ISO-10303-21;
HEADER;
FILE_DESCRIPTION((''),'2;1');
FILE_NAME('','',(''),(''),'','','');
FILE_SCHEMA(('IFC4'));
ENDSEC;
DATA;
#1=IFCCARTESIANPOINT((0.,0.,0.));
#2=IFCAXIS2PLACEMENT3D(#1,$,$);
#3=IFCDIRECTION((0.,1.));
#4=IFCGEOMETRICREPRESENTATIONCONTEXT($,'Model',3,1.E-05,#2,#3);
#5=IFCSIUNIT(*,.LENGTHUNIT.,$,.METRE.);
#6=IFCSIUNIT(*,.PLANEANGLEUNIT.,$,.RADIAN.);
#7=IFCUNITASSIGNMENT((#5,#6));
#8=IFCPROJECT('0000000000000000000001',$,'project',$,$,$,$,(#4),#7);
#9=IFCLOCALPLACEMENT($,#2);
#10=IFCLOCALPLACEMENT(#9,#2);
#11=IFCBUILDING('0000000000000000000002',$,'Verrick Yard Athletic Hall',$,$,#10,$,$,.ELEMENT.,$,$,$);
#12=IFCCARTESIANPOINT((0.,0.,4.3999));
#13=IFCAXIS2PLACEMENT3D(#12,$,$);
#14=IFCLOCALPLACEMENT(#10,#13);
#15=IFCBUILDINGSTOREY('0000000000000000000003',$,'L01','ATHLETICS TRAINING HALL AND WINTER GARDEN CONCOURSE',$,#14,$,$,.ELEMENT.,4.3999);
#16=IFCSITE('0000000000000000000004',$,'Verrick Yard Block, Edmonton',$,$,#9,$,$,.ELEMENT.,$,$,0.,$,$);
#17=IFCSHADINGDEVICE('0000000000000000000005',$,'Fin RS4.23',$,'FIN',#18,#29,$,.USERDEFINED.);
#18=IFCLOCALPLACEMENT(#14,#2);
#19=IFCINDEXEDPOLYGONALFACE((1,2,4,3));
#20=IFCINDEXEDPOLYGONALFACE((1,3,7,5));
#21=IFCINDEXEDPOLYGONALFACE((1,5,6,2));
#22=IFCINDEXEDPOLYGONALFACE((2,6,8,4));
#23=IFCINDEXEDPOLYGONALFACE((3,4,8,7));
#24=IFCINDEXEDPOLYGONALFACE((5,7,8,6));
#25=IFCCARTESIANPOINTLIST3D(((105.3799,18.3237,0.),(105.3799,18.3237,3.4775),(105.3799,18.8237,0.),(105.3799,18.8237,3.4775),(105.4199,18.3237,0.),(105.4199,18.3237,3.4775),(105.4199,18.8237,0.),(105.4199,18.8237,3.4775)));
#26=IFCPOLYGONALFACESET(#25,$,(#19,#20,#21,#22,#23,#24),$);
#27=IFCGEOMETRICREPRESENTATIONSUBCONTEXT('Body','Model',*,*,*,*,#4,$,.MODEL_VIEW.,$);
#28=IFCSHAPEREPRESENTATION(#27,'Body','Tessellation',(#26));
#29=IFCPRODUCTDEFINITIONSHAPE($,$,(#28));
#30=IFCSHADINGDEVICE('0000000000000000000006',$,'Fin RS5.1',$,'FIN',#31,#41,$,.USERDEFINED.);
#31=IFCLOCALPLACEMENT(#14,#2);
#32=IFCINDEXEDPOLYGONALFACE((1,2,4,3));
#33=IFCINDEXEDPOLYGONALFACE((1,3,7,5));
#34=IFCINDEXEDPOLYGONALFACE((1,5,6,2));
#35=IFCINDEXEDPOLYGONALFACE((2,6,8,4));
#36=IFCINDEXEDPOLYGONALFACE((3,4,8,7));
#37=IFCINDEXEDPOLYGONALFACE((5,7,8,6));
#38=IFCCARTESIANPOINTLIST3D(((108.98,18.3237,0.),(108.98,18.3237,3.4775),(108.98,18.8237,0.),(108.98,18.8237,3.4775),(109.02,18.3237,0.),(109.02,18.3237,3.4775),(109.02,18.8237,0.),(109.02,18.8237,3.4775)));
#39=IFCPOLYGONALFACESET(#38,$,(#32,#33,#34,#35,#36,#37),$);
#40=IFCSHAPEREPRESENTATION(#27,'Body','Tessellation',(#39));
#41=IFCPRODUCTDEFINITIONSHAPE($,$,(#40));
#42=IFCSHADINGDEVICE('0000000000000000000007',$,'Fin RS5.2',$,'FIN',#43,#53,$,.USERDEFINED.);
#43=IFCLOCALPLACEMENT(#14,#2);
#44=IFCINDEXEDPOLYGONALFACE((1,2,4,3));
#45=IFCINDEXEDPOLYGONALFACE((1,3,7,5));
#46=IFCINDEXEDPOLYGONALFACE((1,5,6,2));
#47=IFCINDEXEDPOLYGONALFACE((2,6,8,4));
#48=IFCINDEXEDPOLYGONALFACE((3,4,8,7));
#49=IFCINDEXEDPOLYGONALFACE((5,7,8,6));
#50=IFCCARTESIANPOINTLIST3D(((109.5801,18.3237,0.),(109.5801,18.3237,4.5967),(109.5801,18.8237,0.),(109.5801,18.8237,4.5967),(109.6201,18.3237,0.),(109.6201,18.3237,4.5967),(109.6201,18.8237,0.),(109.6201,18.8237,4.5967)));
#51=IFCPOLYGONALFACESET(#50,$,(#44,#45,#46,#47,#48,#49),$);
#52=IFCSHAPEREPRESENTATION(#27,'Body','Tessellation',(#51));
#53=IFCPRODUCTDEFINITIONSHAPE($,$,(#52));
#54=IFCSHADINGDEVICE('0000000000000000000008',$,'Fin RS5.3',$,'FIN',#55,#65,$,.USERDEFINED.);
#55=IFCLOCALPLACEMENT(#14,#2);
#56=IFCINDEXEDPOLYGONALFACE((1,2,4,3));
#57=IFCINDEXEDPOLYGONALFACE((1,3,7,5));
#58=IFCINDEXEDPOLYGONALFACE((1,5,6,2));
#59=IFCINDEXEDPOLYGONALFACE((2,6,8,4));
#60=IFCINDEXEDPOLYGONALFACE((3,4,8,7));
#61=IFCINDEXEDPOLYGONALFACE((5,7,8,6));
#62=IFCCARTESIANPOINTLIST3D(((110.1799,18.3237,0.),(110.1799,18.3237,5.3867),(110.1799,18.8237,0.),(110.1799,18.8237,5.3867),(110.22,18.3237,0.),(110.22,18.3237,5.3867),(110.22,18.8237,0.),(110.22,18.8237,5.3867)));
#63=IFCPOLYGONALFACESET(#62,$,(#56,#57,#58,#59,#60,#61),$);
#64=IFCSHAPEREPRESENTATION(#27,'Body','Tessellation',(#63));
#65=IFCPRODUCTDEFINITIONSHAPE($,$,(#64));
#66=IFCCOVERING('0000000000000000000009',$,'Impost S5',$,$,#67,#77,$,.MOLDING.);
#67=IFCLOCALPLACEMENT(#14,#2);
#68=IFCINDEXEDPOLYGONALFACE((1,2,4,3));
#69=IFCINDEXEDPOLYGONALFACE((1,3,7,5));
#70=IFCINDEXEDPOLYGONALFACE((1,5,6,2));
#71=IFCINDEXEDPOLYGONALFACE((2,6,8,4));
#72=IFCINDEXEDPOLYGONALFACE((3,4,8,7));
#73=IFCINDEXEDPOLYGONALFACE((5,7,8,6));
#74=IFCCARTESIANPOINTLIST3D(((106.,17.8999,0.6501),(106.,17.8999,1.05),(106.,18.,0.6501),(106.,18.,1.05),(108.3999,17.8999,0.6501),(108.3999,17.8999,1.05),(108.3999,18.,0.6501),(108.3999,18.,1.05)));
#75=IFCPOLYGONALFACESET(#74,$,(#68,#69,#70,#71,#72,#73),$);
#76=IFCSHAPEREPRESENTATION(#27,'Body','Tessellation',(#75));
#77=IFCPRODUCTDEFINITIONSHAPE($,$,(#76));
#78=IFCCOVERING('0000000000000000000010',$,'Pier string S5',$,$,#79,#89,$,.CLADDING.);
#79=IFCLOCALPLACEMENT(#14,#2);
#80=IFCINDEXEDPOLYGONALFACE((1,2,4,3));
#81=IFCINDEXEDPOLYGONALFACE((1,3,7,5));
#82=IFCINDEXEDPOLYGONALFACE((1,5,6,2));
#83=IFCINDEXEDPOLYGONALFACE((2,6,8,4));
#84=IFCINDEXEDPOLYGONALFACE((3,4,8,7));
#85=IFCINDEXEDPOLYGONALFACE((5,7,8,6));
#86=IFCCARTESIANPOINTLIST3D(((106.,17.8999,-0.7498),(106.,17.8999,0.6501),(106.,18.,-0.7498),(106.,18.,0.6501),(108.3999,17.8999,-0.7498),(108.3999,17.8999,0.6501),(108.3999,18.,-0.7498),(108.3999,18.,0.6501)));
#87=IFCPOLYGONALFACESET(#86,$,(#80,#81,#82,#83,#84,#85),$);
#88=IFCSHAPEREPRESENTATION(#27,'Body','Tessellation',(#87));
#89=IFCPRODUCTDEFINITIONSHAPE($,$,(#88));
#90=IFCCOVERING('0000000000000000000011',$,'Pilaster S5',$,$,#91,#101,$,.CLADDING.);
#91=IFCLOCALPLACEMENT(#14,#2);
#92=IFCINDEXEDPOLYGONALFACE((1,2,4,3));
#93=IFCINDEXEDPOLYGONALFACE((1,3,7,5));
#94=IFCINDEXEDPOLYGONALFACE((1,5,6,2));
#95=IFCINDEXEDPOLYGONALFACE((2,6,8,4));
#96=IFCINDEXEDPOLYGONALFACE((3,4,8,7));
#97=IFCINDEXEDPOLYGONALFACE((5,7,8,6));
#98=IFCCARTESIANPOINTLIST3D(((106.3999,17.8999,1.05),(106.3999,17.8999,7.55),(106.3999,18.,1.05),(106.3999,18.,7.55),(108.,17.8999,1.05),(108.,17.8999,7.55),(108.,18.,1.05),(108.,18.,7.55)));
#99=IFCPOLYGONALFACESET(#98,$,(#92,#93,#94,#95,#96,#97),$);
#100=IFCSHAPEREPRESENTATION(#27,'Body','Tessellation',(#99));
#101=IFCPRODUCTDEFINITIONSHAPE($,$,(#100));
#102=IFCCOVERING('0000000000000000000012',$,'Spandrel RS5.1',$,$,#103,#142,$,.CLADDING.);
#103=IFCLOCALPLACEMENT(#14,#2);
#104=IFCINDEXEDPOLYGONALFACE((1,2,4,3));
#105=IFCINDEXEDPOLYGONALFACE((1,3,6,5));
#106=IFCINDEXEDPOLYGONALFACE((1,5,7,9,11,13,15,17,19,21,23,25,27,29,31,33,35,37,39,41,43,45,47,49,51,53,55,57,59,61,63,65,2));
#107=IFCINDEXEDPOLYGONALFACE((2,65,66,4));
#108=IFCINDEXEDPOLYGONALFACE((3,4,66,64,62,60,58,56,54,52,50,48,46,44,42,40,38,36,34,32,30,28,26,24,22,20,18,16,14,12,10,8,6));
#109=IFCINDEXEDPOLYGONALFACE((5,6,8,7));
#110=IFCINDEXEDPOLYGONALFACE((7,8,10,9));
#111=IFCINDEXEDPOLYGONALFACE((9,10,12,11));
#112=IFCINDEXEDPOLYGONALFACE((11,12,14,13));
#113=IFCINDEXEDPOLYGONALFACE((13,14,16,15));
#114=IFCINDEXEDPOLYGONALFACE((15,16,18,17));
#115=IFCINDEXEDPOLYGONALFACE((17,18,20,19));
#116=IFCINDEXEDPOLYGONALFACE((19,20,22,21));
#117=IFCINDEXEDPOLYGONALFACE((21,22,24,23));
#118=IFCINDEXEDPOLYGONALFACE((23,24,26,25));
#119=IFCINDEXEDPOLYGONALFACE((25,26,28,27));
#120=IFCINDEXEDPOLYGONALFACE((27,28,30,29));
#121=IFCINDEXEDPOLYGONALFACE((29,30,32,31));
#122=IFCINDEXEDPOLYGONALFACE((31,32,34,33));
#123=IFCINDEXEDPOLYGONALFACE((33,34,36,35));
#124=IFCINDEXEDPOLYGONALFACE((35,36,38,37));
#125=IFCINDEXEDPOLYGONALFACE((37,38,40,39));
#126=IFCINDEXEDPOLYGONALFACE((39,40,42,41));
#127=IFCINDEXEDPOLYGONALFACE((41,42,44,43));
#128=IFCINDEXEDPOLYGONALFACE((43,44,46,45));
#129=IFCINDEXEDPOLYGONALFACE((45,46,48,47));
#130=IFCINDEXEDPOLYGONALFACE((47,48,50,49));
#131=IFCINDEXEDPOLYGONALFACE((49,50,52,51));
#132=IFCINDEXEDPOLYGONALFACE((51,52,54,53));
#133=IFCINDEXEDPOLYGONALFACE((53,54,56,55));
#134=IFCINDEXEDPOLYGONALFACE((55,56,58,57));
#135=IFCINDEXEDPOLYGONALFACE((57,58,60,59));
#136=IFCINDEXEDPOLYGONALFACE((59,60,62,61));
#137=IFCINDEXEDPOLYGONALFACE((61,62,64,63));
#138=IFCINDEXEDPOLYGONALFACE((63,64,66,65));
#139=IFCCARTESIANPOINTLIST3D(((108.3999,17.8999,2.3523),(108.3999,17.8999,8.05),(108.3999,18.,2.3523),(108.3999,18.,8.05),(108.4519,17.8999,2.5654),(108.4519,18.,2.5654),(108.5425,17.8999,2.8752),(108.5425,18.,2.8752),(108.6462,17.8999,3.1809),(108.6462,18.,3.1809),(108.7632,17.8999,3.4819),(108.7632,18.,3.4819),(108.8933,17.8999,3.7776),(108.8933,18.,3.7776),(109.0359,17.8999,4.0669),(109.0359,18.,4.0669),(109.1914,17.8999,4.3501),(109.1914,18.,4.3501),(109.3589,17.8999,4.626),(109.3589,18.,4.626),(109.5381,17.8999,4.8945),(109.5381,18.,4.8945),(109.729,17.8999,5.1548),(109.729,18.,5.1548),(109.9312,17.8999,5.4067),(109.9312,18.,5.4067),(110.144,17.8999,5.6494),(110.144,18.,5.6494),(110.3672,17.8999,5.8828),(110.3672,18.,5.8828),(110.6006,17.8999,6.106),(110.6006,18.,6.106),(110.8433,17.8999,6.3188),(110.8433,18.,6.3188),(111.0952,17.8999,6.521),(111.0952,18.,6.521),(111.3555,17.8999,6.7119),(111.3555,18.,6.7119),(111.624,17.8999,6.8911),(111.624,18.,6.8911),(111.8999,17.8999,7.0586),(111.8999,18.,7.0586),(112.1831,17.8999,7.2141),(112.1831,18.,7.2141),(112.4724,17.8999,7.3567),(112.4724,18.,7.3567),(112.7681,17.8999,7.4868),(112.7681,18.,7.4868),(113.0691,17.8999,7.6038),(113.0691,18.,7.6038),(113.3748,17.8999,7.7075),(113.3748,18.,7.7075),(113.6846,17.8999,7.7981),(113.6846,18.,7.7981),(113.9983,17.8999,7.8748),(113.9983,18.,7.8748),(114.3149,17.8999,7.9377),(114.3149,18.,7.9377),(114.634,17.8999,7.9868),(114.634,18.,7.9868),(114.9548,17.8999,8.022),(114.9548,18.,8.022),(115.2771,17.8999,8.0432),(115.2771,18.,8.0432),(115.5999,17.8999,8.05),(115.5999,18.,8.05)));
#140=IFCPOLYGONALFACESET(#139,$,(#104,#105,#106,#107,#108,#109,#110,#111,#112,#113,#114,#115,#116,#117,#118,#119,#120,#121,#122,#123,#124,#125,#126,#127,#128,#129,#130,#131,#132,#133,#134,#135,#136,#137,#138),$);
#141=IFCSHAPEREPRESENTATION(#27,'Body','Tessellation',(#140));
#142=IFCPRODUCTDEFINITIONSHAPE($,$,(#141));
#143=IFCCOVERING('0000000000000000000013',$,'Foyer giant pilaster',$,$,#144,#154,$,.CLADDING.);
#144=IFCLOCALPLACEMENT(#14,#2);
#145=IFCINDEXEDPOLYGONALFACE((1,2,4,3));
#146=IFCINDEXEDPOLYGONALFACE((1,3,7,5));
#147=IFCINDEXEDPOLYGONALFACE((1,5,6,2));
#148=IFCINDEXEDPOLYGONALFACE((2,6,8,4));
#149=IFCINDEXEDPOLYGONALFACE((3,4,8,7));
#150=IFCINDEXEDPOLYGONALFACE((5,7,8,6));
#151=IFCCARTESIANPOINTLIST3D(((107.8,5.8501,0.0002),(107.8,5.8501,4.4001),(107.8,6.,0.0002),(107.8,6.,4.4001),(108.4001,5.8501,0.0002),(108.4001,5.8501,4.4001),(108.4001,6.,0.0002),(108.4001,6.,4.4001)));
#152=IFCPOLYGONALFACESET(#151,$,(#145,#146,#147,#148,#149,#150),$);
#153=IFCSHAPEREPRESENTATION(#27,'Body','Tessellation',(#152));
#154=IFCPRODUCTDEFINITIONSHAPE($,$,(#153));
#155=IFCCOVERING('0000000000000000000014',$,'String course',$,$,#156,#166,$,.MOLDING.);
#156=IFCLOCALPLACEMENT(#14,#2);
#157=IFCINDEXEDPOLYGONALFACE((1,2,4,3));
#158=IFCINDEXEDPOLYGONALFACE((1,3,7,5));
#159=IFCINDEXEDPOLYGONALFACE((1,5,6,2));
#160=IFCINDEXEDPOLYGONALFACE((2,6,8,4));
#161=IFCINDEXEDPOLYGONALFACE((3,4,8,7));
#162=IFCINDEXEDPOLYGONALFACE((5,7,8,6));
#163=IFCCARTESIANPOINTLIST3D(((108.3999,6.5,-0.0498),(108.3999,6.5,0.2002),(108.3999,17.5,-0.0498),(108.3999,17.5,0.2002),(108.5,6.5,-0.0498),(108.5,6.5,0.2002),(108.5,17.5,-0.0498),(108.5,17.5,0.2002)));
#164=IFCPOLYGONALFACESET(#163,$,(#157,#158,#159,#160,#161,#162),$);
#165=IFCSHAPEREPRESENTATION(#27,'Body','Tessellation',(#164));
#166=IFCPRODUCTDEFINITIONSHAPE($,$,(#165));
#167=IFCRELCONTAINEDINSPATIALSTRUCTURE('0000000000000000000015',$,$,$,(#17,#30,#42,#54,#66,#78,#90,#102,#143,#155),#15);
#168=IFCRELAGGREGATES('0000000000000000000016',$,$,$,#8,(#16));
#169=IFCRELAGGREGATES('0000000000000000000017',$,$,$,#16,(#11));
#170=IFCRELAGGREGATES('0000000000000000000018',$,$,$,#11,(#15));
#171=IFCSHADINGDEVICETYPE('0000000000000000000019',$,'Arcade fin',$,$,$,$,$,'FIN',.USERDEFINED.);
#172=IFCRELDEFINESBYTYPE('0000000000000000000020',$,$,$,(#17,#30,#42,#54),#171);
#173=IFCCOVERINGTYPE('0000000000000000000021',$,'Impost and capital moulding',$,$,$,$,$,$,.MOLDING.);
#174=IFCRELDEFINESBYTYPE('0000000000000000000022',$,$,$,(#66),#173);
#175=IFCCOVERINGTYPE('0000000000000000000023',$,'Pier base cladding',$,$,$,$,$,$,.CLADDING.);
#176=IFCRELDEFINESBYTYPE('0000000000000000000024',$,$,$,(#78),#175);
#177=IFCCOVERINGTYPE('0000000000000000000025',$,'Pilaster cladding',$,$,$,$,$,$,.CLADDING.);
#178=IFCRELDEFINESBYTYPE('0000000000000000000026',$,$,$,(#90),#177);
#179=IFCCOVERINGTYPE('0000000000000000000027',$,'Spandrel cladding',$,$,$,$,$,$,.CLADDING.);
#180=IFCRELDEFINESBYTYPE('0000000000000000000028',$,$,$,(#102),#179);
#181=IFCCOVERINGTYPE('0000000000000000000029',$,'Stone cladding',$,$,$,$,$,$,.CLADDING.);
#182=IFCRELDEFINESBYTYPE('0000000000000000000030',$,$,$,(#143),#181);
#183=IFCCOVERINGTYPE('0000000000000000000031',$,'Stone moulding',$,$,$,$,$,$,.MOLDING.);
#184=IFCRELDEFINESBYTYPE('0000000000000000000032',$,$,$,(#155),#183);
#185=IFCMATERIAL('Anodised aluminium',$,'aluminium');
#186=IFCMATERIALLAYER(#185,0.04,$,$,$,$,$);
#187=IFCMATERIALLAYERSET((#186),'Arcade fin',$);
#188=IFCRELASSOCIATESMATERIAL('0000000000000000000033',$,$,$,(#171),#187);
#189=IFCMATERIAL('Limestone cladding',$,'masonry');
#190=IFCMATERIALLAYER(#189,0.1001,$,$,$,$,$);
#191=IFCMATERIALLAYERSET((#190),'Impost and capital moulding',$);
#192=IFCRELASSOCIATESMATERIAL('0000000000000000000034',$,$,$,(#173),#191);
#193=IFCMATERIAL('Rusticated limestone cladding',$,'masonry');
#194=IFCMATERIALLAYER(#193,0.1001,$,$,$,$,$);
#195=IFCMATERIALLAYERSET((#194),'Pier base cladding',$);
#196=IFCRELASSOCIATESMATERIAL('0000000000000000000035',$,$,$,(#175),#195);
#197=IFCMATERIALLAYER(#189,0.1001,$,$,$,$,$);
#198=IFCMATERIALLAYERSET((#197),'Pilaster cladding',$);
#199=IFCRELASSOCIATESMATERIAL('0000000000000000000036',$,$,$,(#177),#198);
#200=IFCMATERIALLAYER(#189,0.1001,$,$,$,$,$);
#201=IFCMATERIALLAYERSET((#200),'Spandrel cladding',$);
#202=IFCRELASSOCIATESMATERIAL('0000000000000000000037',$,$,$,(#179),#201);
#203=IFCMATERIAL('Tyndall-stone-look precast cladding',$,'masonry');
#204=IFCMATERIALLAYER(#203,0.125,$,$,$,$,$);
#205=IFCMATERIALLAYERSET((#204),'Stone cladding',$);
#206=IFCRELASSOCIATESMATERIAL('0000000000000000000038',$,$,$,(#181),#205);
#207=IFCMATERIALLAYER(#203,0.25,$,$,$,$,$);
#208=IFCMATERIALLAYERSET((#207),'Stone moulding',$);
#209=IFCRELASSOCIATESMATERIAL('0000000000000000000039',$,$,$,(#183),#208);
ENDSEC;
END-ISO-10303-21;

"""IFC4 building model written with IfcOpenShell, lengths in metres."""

from ifc_helpers import new_model, si_unit, direction, frame, origin, origin_2d, place, context, subcontext, project, spatial, polyline, rectangle, outline, extrude, material, layer, layer_set, type_object, element, save


model = new_model("IFC4")

# Units and contexts
model_context = context("Model", 3, precision=1e-05, world=origin(), true_north=direction((0.0, 1.0)))
body_context = subcontext(model_context, "Body", "Model", "MODEL_VIEW")
ifc_project = project(units=[si_unit("LENGTHUNIT", "METRE"), si_unit("PLANEANGLEUNIT", "RADIAN")], contexts=[model_context])

# Site, building, storey
site_placement = place(None, origin())
site = spatial("IfcSite", under=ifc_project, at=site_placement, Name="Verrick Yard Block, Edmonton", CompositionType="ELEMENT", RefElevation=0.0)
building_placement = place(site_placement, origin())
building = spatial("IfcBuilding", under=site, at=building_placement, Name="Verrick Yard Athletic Hall", CompositionType="ELEMENT")
storey_placement = place(building_placement, frame((0.0, 0.0, 4.3999)))
storey = spatial("IfcBuildingStorey", under=building, at=storey_placement, Name="L01", Description="ATHLETICS TRAINING HALL AND WINTER GARDEN CONCOURSE", CompositionType="ELEMENT", Elevation=4.3999)

# Shared definitions
ifc_material_1 = material(Name="Anodised aluminium", Category="aluminium")

# Shared definitions
ifc_material_2 = material(Name="Tyndall-stone-look precast cladding", Category="masonry")

# Shading devices
ifc_layer_1 = layer(ifc_material_1, 0.04)
ifc_layer_set_1 = layer_set([ifc_layer_1], Name="Arcade fin")
shading_device_type = type_object("IfcShadingDeviceType", Name="Arcade fin", ElementType="FIN", PredefinedType="USERDEFINED", material=ifc_layer_set_1)
for number, where, z_axis, x_axis, name in (
    (1, (105.3999, 18.8237, 0.0), (0.0, 0.0, 1.0), (0.0, -1.0, 0.0), "Fin RS4.23"),
    (2, (109.0, 18.8237, 0.0), (0.0, 0.0, 1.0), (0.0, -1.0, 0.0), "Fin RS5.1"),
):
    element("IfcShadingDevice", number, at=place(storey_placement, frame(where, z_axis=z_axis, x_axis=x_axis)), inside=storey, type_object=shading_device_type, Name=name, ObjectType="FIN", PredefinedType="USERDEFINED", context=body_context, shape_type="SweptSolid", body=[
        extrude(outline(polyline([(0.0, 0.0), (0.5, 0.0), (0.5, 3.4775), (0.0, 3.4775), (0.0, 0.0)])), frame((0.0, 0.02, 0.0), z_axis=(0.0, -1.0, 0.0), x_axis=(1.0, 0.0, 0.0)), (0.0, 0.0, 1.0), 0.04),
    ])
shading_device_1_placement = place(storey_placement, frame((109.6001, 18.8237, 0.0), z_axis=(0.0, 0.0, 1.0), x_axis=(0.0, -1.0, 0.0)))
element("IfcShadingDevice", 3, at=shading_device_1_placement, inside=storey, type_object=shading_device_type, Name="Fin RS5.2", ObjectType="FIN", PredefinedType="USERDEFINED", context=body_context, shape_type="SweptSolid", body=[
    extrude(outline(polyline([(0.0, 0.0), (0.5, 0.0), (0.5, 4.5967), (0.0, 4.5967), (0.0, 0.0)])), frame((0.0, 0.02, 0.0), z_axis=(0.0, -1.0, 0.0), x_axis=(1.0, 0.0, 0.0)), (0.0, 0.0, 1.0), 0.04),
])
shading_device_2_placement = place(storey_placement, frame((110.2, 18.8237, 0.0), z_axis=(0.0, 0.0, 1.0), x_axis=(0.0, -1.0, 0.0)))
element("IfcShadingDevice", 4, at=shading_device_2_placement, inside=storey, type_object=shading_device_type, Name="Fin RS5.3", ObjectType="FIN", PredefinedType="USERDEFINED", context=body_context, shape_type="SweptSolid", body=[
    extrude(outline(polyline([(0.0, 0.0), (0.5, 0.0), (0.5, 5.3867), (0.0, 5.3867), (0.0, 0.0)])), frame((0.0, 0.02, 0.0), z_axis=(0.0, -1.0, 0.0), x_axis=(1.0, 0.0, 0.0)), (0.0, 0.0, 1.0), 0.04),
])

# Coverings
ifc_material_3 = material(Name="Limestone cladding", Category="masonry")
ifc_layer_2 = layer(ifc_material_3, 0.1001)
ifc_layer_set_2 = layer_set([ifc_layer_2], Name="Impost and capital moulding")
covering_type_1 = type_object("IfcCoveringType", Name="Impost and capital moulding", PredefinedType="MOLDING", material=ifc_layer_set_2)
covering_1_placement = place(storey_placement, frame((107.2, 17.95, 0.6501), z_axis=(0.0, 0.0, 1.0), x_axis=(1.0, 0.0, 0.0)))
element("IfcCovering", 5, at=covering_1_placement, inside=storey, type_object=covering_type_1, Name="Impost S5", PredefinedType="MOLDING", context=body_context, shape_type="SweptSolid", body=[
    extrude(rectangle(XDim=2.3999, YDim=0.1001, at=origin_2d()), origin(), (0.0, 0.0, 1.0), 0.3999),
])
ifc_material_4 = material(Name="Rusticated limestone cladding", Category="masonry")
ifc_layer_3 = layer(ifc_material_4, 0.1001)
ifc_layer_set_3 = layer_set([ifc_layer_3], Name="Pier base cladding")
covering_type_2 = type_object("IfcCoveringType", Name="Pier base cladding", PredefinedType="CLADDING", material=ifc_layer_set_3)
covering_2_placement = place(storey_placement, frame((107.2, 17.95, -0.7498), z_axis=(0.0, 0.0, 1.0), x_axis=(1.0, 0.0, 0.0)))
element("IfcCovering", 6, at=covering_2_placement, inside=storey, type_object=covering_type_2, Name="Pier string S5", PredefinedType="CLADDING", context=body_context, shape_type="SweptSolid", body=[
    extrude(rectangle(XDim=2.3999, YDim=0.1001, at=origin_2d()), origin(), (0.0, 0.0, 1.0), 1.3999),
])
ifc_layer_4 = layer(ifc_material_3, 0.1001)
ifc_layer_set_4 = layer_set([ifc_layer_4], Name="Pilaster cladding")
covering_type_3 = type_object("IfcCoveringType", Name="Pilaster cladding", PredefinedType="CLADDING", material=ifc_layer_set_4)
covering_3_placement = place(storey_placement, frame((107.2, 17.95, 1.05), z_axis=(0.0, 0.0, 1.0), x_axis=(1.0, 0.0, 0.0)))
element("IfcCovering", 7, at=covering_3_placement, inside=storey, type_object=covering_type_3, Name="Pilaster S5", PredefinedType="CLADDING", context=body_context, shape_type="SweptSolid", body=[
    extrude(rectangle(XDim=1.6001, YDim=0.1001, at=origin_2d()), origin(), (0.0, 0.0, 1.0), 6.5),
])
ifc_layer_5 = layer(ifc_material_3, 0.1001)
ifc_layer_set_5 = layer_set([ifc_layer_5], Name="Spandrel cladding")
covering_type_4 = type_object("IfcCoveringType", Name="Spandrel cladding", PredefinedType="CLADDING", material=ifc_layer_set_5)
covering_4_placement = place(storey_placement, frame((108.3999, 17.95, 2.3523), z_axis=(0.0, 0.0, 1.0), x_axis=(1.0, 0.0, 0.0)))
element("IfcCovering", 8, at=covering_4_placement, inside=storey, type_object=covering_type_4, Name="Spandrel RS5.1", PredefinedType="CLADDING", context=body_context, shape_type="SweptSolid", body=[
    extrude(outline(polyline([(0.0, 0.0), (0.052, 0.2131), (0.1426, 0.5229), (0.2463, 0.8286), (0.3633, 1.1296), (0.4934, 1.4253), (0.636, 1.7146), (0.7915, 1.9978), (0.959, 2.2737), (1.1382, 2.5422), (1.3291, 2.8025), (1.5312, 3.0544), (1.7441, 3.2971), (1.9673, 3.5305), (2.2007, 3.7537), (2.4434, 3.9666), (2.6953, 4.1687), (2.9556, 4.3596), (3.2241, 4.5388), (3.5, 4.7063), (3.7832, 4.8618), (4.0725, 5.0044), (4.3682, 5.1345), (4.6692, 5.2515), (4.9749, 5.3552), (5.2847, 5.4458), (5.5984, 5.5225), (5.915, 5.5854), (6.2341, 5.6345), (6.5549, 5.6697), (6.8772, 5.6909), (7.2, 5.6978), (0.0, 5.6978), (0.0, 0.0)])), frame((0.0, 0.05, 0.0), z_axis=(0.0, -1.0, 0.0), x_axis=(1.0, 0.0, 0.0)), (0.0, 0.0, 1.0), 0.1001),
])
ifc_layer_6 = layer(ifc_material_2, 0.125)
ifc_layer_set_6 = layer_set([ifc_layer_6], Name="Stone cladding")
covering_type_5 = type_object("IfcCoveringType", Name="Stone cladding", PredefinedType="CLADDING", material=ifc_layer_set_6)
covering_5_placement = place(storey_placement, frame((108.1001, 5.925, 0.0002), z_axis=(0.0, 0.0, 1.0), x_axis=(1.0, 0.0, 0.0)))
element("IfcCovering", 9, at=covering_5_placement, inside=storey, type_object=covering_type_5, Name="Foyer giant pilaster", PredefinedType="CLADDING", context=body_context, shape_type="SweptSolid", body=[
    extrude(rectangle(XDim=0.6001, YDim=0.1499, at=origin_2d()), origin(), (0.0, 0.0, 1.0), 4.3999),
])
ifc_layer_7 = layer(ifc_material_2, 0.25)
ifc_layer_set_7 = layer_set([ifc_layer_7], Name="Stone moulding")
covering_type_6 = type_object("IfcCoveringType", Name="Stone moulding", PredefinedType="MOLDING", material=ifc_layer_set_7)
covering_6_placement = place(storey_placement, frame((108.45, 12.0, -0.0498), z_axis=(0.0, 0.0, 1.0), x_axis=(0.0, 1.0, 0.0)))
element("IfcCovering", 10, at=covering_6_placement, inside=storey, type_object=covering_type_6, Name="String course", PredefinedType="MOLDING", context=body_context, shape_type="SweptSolid", body=[
    extrude(rectangle(XDim=11.0, YDim=0.1001, at=origin_2d()), origin(), (0.0, 0.0, 1.0), 0.25),
])

save(model, "model.ifc")
